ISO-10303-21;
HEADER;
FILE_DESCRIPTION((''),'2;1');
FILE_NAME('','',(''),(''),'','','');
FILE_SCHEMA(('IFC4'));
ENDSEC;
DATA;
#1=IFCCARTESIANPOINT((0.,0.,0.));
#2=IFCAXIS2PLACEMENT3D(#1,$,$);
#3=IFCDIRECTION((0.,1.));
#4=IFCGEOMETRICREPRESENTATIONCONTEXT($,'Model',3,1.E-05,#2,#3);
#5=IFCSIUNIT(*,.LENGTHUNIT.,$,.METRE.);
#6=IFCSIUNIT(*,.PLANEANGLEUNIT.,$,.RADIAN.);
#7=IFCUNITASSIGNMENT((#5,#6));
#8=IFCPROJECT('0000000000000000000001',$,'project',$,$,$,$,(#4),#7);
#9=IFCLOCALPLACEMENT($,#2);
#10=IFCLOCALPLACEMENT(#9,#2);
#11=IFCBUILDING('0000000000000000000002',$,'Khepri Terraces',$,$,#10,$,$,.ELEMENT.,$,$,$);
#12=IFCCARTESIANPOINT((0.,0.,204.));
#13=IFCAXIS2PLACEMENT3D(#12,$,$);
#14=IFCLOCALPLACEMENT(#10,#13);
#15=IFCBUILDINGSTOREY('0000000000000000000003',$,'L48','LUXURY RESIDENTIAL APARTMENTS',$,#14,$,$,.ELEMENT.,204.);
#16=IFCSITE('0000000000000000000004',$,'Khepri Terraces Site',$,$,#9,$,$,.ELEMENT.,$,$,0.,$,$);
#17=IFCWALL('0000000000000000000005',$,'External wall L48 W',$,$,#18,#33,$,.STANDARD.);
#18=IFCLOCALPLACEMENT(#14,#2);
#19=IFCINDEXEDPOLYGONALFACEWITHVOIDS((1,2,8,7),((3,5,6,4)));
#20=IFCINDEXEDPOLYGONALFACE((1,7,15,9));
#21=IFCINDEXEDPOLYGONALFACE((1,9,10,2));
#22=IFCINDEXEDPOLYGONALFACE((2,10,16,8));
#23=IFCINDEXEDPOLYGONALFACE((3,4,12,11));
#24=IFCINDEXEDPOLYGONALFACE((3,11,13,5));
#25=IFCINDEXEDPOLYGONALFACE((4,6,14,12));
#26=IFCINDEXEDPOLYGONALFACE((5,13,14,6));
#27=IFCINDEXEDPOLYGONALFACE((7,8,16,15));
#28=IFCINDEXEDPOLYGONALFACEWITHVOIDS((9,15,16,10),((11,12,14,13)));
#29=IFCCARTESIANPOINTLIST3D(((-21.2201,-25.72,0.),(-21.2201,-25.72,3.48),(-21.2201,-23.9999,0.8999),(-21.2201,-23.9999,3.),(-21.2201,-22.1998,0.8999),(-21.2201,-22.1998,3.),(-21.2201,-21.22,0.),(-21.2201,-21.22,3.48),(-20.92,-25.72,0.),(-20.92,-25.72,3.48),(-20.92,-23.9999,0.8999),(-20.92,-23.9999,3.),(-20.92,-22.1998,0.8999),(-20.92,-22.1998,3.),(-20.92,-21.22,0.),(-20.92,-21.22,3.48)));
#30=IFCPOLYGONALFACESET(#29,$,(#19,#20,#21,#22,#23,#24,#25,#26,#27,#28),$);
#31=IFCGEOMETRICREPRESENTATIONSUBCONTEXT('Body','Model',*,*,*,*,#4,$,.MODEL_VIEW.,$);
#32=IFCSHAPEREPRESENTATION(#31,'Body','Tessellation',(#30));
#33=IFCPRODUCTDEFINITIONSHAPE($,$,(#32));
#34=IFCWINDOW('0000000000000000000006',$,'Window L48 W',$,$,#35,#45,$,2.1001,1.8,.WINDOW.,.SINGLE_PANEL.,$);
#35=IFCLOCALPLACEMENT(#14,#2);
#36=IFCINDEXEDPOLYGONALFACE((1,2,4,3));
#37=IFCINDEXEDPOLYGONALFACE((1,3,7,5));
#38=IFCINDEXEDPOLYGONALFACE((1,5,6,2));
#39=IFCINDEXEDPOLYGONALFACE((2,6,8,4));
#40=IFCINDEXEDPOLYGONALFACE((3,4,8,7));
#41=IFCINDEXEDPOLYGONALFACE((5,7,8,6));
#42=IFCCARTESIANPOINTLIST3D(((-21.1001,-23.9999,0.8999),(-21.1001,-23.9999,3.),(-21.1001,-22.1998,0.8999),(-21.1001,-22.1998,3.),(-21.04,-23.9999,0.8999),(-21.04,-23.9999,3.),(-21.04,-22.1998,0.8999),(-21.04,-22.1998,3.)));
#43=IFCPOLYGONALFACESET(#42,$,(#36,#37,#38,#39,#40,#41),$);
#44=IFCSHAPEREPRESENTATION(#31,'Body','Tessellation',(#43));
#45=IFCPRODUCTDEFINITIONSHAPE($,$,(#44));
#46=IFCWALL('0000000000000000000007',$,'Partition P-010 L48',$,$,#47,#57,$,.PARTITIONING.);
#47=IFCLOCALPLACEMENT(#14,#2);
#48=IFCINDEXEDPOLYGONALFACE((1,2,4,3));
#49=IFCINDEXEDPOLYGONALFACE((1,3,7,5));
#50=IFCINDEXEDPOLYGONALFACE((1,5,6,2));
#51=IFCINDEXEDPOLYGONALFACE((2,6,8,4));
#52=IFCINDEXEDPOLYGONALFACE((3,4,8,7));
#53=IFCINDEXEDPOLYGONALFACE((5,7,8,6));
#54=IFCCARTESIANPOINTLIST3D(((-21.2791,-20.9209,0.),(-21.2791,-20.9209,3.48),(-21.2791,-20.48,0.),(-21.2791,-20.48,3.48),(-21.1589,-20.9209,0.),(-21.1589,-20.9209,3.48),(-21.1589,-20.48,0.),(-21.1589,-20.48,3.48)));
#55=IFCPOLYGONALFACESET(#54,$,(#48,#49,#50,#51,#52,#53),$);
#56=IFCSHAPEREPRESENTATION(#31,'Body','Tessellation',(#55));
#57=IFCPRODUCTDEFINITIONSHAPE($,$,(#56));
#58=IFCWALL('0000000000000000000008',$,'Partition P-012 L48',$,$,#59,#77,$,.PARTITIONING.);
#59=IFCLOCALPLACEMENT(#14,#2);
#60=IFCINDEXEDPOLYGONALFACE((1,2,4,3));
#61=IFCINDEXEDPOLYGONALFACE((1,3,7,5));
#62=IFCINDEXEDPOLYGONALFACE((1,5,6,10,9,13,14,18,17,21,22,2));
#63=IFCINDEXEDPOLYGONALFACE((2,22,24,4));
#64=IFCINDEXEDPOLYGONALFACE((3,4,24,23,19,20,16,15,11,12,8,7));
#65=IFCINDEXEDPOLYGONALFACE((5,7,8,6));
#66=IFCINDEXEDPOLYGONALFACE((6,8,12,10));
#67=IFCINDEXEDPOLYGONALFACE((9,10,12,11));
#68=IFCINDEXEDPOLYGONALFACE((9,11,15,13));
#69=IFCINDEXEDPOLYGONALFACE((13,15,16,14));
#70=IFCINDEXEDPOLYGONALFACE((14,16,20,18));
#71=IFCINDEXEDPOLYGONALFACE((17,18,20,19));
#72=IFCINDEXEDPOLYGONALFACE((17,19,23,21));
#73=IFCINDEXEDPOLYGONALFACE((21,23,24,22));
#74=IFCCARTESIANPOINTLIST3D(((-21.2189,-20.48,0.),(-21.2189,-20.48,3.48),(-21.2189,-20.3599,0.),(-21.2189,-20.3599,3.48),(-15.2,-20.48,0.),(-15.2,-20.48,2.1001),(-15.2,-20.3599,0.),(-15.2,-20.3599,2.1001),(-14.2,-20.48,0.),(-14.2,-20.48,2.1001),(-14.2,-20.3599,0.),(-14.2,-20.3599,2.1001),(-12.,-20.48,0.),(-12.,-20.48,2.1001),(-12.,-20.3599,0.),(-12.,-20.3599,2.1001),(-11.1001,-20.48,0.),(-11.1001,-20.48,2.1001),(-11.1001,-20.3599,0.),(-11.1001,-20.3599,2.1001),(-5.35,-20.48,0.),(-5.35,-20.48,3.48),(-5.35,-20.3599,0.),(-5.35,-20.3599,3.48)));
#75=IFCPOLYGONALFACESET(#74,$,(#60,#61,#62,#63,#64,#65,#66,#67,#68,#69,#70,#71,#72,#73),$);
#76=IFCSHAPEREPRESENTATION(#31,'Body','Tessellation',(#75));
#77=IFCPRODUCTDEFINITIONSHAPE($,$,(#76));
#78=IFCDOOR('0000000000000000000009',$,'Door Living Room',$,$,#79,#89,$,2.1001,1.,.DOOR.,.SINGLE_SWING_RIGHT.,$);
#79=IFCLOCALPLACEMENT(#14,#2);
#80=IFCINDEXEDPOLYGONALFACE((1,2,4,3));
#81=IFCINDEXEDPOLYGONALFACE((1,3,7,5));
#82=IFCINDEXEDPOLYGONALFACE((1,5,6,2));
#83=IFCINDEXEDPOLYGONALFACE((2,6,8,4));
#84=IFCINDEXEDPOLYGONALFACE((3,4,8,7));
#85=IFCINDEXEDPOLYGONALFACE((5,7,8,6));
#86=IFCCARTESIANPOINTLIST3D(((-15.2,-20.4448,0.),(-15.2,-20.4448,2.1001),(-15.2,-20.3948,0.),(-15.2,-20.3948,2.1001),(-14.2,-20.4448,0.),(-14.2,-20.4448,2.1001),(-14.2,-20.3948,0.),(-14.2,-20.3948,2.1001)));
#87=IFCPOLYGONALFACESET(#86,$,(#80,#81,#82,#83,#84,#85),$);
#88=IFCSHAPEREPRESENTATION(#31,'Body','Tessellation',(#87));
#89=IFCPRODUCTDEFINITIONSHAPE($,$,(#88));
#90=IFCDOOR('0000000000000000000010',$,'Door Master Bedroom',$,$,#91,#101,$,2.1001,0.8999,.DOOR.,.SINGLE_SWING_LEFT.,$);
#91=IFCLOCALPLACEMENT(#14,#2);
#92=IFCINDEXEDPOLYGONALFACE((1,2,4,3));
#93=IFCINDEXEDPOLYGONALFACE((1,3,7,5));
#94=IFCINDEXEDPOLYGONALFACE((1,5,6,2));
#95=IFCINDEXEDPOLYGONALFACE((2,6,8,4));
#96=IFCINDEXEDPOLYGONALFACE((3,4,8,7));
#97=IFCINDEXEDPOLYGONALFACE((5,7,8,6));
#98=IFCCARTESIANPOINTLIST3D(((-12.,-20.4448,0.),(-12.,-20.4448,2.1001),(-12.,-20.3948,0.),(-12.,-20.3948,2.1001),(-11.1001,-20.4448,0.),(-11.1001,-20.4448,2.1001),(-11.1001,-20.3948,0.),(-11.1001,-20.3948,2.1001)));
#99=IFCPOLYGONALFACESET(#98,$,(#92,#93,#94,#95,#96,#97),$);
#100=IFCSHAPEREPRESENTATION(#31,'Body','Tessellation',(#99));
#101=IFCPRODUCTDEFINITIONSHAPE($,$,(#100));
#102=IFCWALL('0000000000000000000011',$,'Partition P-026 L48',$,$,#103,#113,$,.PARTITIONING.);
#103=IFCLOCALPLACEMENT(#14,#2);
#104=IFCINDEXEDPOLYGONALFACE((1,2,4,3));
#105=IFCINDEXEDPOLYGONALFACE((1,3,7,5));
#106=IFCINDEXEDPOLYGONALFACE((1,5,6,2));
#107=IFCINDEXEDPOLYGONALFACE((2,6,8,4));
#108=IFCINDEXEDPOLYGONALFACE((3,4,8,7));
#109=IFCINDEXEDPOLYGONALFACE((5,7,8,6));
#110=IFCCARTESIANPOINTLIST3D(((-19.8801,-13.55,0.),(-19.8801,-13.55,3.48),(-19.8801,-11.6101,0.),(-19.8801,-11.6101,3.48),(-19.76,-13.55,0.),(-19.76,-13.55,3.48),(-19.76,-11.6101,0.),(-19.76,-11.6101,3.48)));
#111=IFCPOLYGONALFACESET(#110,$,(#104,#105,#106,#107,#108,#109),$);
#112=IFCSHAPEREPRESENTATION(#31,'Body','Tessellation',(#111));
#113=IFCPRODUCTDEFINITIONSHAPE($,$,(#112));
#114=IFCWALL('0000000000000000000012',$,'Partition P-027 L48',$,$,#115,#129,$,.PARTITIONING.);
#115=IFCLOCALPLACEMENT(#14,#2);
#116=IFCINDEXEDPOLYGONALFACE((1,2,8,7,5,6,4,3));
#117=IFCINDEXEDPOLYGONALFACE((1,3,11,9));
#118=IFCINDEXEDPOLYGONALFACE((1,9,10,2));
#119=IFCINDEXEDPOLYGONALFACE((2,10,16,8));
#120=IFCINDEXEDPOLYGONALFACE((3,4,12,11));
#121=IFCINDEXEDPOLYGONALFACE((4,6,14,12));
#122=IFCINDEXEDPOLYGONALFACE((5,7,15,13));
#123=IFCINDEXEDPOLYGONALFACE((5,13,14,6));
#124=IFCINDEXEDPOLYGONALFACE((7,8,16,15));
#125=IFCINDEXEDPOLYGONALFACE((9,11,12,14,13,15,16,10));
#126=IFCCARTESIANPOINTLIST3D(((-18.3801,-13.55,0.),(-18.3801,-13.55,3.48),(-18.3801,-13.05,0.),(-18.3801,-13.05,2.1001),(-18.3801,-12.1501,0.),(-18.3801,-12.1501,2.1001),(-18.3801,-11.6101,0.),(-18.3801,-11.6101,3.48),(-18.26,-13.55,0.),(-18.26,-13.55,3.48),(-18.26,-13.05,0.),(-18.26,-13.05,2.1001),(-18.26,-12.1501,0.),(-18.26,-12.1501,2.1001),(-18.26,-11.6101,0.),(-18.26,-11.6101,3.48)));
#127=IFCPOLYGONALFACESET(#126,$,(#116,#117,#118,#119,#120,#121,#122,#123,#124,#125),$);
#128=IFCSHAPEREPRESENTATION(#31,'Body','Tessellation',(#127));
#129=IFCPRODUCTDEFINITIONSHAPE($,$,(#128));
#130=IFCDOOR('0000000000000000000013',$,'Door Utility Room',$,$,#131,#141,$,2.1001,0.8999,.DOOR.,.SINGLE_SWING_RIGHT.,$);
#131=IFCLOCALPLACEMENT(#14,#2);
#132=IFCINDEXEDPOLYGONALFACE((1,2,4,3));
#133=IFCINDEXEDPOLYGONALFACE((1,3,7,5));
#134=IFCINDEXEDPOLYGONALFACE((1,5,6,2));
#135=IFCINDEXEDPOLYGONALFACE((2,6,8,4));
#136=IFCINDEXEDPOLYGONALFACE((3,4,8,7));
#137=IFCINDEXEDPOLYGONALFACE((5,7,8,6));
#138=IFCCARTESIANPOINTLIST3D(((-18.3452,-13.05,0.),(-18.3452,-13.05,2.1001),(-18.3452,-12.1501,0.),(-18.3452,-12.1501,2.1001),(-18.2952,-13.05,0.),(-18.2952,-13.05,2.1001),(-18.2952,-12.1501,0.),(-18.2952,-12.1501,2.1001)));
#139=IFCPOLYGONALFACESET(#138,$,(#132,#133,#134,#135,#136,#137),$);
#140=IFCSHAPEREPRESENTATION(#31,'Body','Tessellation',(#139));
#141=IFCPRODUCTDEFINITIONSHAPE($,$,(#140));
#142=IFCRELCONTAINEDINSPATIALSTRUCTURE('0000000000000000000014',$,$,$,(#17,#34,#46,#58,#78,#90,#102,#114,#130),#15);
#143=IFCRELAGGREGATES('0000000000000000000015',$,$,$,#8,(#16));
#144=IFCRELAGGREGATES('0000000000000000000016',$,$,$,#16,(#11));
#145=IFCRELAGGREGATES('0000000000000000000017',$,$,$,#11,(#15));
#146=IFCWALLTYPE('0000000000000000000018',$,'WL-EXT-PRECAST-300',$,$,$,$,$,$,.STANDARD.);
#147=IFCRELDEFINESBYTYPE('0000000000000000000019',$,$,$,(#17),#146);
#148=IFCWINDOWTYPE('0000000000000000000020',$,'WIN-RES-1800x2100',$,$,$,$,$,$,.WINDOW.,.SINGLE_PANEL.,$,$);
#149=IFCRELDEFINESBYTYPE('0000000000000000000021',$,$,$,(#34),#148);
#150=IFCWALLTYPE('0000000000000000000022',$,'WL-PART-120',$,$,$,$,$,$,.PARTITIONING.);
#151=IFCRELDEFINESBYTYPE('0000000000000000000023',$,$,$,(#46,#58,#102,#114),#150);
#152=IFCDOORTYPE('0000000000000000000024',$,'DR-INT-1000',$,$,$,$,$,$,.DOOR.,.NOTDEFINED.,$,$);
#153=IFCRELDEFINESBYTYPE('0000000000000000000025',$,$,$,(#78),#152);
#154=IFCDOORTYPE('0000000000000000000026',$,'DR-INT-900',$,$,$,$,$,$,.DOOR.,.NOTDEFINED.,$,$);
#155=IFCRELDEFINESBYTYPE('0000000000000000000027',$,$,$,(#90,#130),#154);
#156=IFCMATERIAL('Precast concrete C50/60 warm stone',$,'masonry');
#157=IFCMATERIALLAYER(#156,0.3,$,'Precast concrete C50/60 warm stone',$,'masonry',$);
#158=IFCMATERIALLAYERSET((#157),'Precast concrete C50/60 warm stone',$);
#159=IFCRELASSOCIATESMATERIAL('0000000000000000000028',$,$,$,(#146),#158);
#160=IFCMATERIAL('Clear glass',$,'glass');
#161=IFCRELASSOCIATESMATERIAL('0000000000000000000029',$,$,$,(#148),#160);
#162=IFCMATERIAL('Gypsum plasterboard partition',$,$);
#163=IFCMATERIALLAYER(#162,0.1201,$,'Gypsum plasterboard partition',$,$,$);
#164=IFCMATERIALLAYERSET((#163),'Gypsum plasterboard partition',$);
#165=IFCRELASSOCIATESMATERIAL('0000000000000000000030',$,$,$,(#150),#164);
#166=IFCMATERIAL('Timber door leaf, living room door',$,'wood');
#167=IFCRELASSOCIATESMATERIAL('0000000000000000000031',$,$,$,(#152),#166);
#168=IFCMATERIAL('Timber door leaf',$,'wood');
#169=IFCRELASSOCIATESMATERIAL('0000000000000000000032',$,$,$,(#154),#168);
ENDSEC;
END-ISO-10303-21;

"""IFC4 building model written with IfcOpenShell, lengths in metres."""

from ifc_helpers import new_model, si_unit, direction, frame, frame_2d, origin, place, context, subcontext, project, spatial, rectangle, extrude, material, layer, layer_set, type_object, element, fill, save


model = new_model("IFC4")

# Units and contexts
model_context = context("Model", 3, precision=1e-05, world=origin(), true_north=direction((0.0, 1.0)))
body_context = subcontext(model_context, "Body", "Model", "MODEL_VIEW")
ifc_project = project(units=[si_unit("LENGTHUNIT", "METRE"), si_unit("PLANEANGLEUNIT", "RADIAN")], contexts=[model_context])

# Site, building, storey
site_placement = place(None, origin())
site = spatial("IfcSite", under=ifc_project, at=site_placement, Name="Khepri Terraces Site", CompositionType="ELEMENT", RefElevation=0.0)
building_placement = place(site_placement, origin())
building = spatial("IfcBuilding", under=site, at=building_placement, Name="Khepri Terraces", CompositionType="ELEMENT")
storey_placement = place(building_placement, frame((0.0, 0.0, 204.0)))
storey = spatial("IfcBuildingStorey", under=building, at=storey_placement, Name="L48", Description="LUXURY RESIDENTIAL APARTMENTS", CompositionType="ELEMENT", Elevation=204.0)

# Wall, opening, window
ifc_material_1 = material(Name="Precast concrete C50/60 warm stone", Category="masonry")
ifc_layer_1 = layer(ifc_material_1, 0.3, Name="Precast concrete C50/60 warm stone", Category="masonry")
ifc_layer_set_1 = layer_set([ifc_layer_1], Name="Precast concrete C50/60 warm stone")
wall_type_1 = type_object("IfcWallType", Name="WL-EXT-PRECAST-300", PredefinedType="STANDARD", material=ifc_layer_set_1)
ifc_material_2 = material(Name="Clear glass", Category="glass")
window_type = type_object("IfcWindowType", Name="WIN-RES-1800x2100", PartitioningType="SINGLE_PANEL", PredefinedType="WINDOW", material=ifc_material_2)
wall_1_placement = place(storey_placement, frame((-21.0701, -21.22, 0.0), z_axis=(0.0, 0.0, 1.0), x_axis=(0.0, -1.0, 0.0)))
wall_1 = element("IfcWall", 1, at=wall_1_placement, inside=storey, type_object=wall_type_1, Name="External wall L48 W", PredefinedType="STANDARD", context=body_context, shape_type="SweptSolid", body=[
    extrude(rectangle(XDim=4.5, YDim=0.3, at=frame_2d((2.25, 0.0))), origin(), (0.0, 0.0, 1.0), 3.48),
])
opening_1_placement = place(wall_1_placement, frame((0.98, 0.0, 0.8999)))
opening_1 = element("IfcOpeningElement", 2, at=opening_1_placement, cuts=wall_1, PredefinedType="OPENING", context=body_context, shape_type="SweptSolid", body=[
    extrude(rectangle(XDim=1.8, YDim=2.1001, at=frame_2d((0.8999, 1.05))), frame((0.0, 0.1602, 0.0), z_axis=(0.0, -1.0, 0.0), x_axis=(1.0, 0.0, 0.0)), (0.0, 0.0, 1.0), 0.3201),
])
window_1_placement = place(opening_1_placement, origin())
window_1 = element("IfcWindow", 3, at=window_1_placement, inside=storey, type_object=window_type, Name="Window L48 W", OverallHeight=2.1001, OverallWidth=1.8, PartitioningType="SINGLE_PANEL", PredefinedType="WINDOW", context=body_context, shape_type="SweptSolid", body=[
    extrude(rectangle(XDim=1.8, YDim=2.1001, at=frame_2d((0.8999, 1.05))), frame((0.0, 0.03, 0.0), z_axis=(0.0, -1.0, 0.0), x_axis=(1.0, 0.0, 0.0)), (0.0, 0.0, 1.0), 0.0601),
])
fill(opening_1, window_1)

# Wall
ifc_material_3 = material(Name="Gypsum plasterboard partition")
ifc_layer_2 = layer(ifc_material_3, 0.1201, Name="Gypsum plasterboard partition")
ifc_layer_set_2 = layer_set([ifc_layer_2], Name="Gypsum plasterboard partition")
wall_type_2 = type_object("IfcWallType", Name="WL-PART-120", PredefinedType="PARTITIONING", material=ifc_layer_set_2)
wall_2_placement = place(storey_placement, frame((-21.219, -20.9209, 0.0), z_axis=(0.0, 0.0, 1.0), x_axis=(0.0, 1.0, 0.0)))
element("IfcWall", 4, at=wall_2_placement, inside=storey, type_object=wall_type_2, Name="Partition P-010 L48", PredefinedType="PARTITIONING", context=body_context, shape_type="SweptSolid", body=[
    extrude(rectangle(XDim=0.4409, YDim=0.1201, at=frame_2d((0.2205, 0.0))), origin(), (0.0, 0.0, 1.0), 3.48),
])

# Wall, openings, doors
wall_3_placement = place(storey_placement, frame((-21.219, -20.4199, 0.0), z_axis=(0.0, 0.0, 1.0), x_axis=(1.0, 0.0, 0.0)))
wall_3 = element("IfcWall", 5, at=wall_3_placement, inside=storey, type_object=wall_type_2, Name="Partition P-012 L48", PredefinedType="PARTITIONING", context=body_context, shape_type="SweptSolid", body=[
    extrude(rectangle(XDim=15.8689, YDim=0.1201, at=frame_2d((7.9346, 0.0))), origin(), (0.0, 0.0, 1.0), 3.48),
])
opening_2_placement = place(wall_3_placement, frame((6.019, 0.0, 0.0)))
opening_2 = element("IfcOpeningElement", 6, at=opening_2_placement, cuts=wall_3, PredefinedType="OPENING", context=body_context, shape_type="SweptSolid", body=[
    extrude(rectangle(XDim=1.0, YDim=2.1001, at=frame_2d((0.5, 1.05))), frame((0.0, 0.0701, 0.0), z_axis=(0.0, -1.0, 0.0), x_axis=(1.0, 0.0, 0.0)), (0.0, 0.0, 1.0), 0.1401),
])
opening_3_placement = place(wall_3_placement, frame((9.219, 0.0, 0.0)))
opening_3 = element("IfcOpeningElement", 7, at=opening_3_placement, cuts=wall_3, PredefinedType="OPENING", context=body_context, shape_type="SweptSolid", body=[
    extrude(rectangle(XDim=0.8999, YDim=2.1001, at=frame_2d((0.45, 1.05))), frame((0.0, 0.0701, 0.0), z_axis=(0.0, -1.0, 0.0), x_axis=(1.0, 0.0, 0.0)), (0.0, 0.0, 1.0), 0.1401),
])
ifc_material_4 = material(Name="Timber door leaf, living room door", Category="wood")
door_type_1 = type_object("IfcDoorType", Name="DR-INT-1000", OperationType="NOTDEFINED", PredefinedType="DOOR", material=ifc_material_4)
door_1_placement = place(opening_2_placement, frame((1.0, 0.0, 0.0), z_axis=(0.0, 0.0, 1.0), x_axis=(-1.0, 0.0, 0.0)))
door_1 = element("IfcDoor", 8, at=door_1_placement, inside=storey, type_object=door_type_1, Name="Door Living Room", OperationType="SINGLE_SWING_RIGHT", OverallHeight=2.1001, OverallWidth=1.0, PredefinedType="DOOR", context=body_context, shape_type="SweptSolid", body=[
    extrude(rectangle(XDim=1.0, YDim=2.1001, at=frame_2d((0.5, 1.05))), frame((0.0, 0.0249, 0.0), z_axis=(0.0, -1.0, 0.0), x_axis=(1.0, 0.0, 0.0)), (0.0, 0.0, 1.0), 0.05),
])
fill(opening_2, door_1)
ifc_material_5 = material(Name="Timber door leaf", Category="wood")
door_type_2 = type_object("IfcDoorType", Name="DR-INT-900", OperationType="NOTDEFINED", PredefinedType="DOOR", material=ifc_material_5)
door_2_placement = place(opening_3_placement, frame((0.8999, 0.0, 0.0), z_axis=(0.0, 0.0, 1.0), x_axis=(-1.0, 0.0, 0.0)))
door_2 = element("IfcDoor", 9, at=door_2_placement, inside=storey, type_object=door_type_2, Name="Door Master Bedroom", OperationType="SINGLE_SWING_LEFT", OverallHeight=2.1001, OverallWidth=0.8999, PredefinedType="DOOR", context=body_context, shape_type="SweptSolid", body=[
    extrude(rectangle(XDim=0.8999, YDim=2.1001, at=frame_2d((0.45, 1.05))), frame((0.0, 0.0249, 0.0), z_axis=(0.0, -1.0, 0.0), x_axis=(1.0, 0.0, 0.0)), (0.0, 0.0, 1.0), 0.05),
])
fill(opening_3, door_2)

# Wall
wall_4_placement = place(storey_placement, frame((-19.8201, -13.55, 0.0), z_axis=(0.0, 0.0, 1.0), x_axis=(0.0, 1.0, 0.0)))
element("IfcWall", 10, at=wall_4_placement, inside=storey, type_object=wall_type_2, Name="Partition P-026 L48", PredefinedType="PARTITIONING", context=body_context, shape_type="SweptSolid", body=[
    extrude(rectangle(XDim=1.9399, YDim=0.1201, at=frame_2d((0.97, 0.0))), origin(), (0.0, 0.0, 1.0), 3.48),
])

# Wall, opening, door
wall_5_placement = place(storey_placement, frame((-18.3201, -13.55, 0.0), z_axis=(0.0, 0.0, 1.0), x_axis=(0.0, 1.0, 0.0)))
wall_5 = element("IfcWall", 11, at=wall_5_placement, inside=storey, type_object=wall_type_2, Name="Partition P-027 L48", PredefinedType="PARTITIONING", context=body_context, shape_type="SweptSolid", body=[
    extrude(rectangle(XDim=1.9399, YDim=0.1201, at=frame_2d((0.97, 0.0))), origin(), (0.0, 0.0, 1.0), 3.48),
])
opening_4_placement = place(wall_5_placement, frame((0.5, 0.0, 0.0)))
opening_4 = element("IfcOpeningElement", 12, at=opening_4_placement, cuts=wall_5, PredefinedType="OPENING", context=body_context, shape_type="SweptSolid", body=[
    extrude(rectangle(XDim=0.8999, YDim=2.1001, at=frame_2d((0.45, 1.05))), frame((0.0, 0.0701, 0.0), z_axis=(0.0, -1.0, 0.0), x_axis=(1.0, 0.0, 0.0)), (0.0, 0.0, 1.0), 0.1401),
])
door_3_placement = place(opening_4_placement, frame((0.8999, 0.0, 0.0), z_axis=(0.0, 0.0, 1.0), x_axis=(-1.0, 0.0, 0.0)))
door_3 = element("IfcDoor", 13, at=door_3_placement, inside=storey, type_object=door_type_2, Name="Door Utility Room", OperationType="SINGLE_SWING_RIGHT", OverallHeight=2.1001, OverallWidth=0.8999, PredefinedType="DOOR", context=body_context, shape_type="SweptSolid", body=[
    extrude(rectangle(XDim=0.8999, YDim=2.1001, at=frame_2d((0.45, 1.05))), frame((0.0, 0.0249, 0.0), z_axis=(0.0, -1.0, 0.0), x_axis=(1.0, 0.0, 0.0)), (0.0, 0.0, 1.0), 0.05),
])
fill(opening_4, door_3)

save(model, "model.ifc")
